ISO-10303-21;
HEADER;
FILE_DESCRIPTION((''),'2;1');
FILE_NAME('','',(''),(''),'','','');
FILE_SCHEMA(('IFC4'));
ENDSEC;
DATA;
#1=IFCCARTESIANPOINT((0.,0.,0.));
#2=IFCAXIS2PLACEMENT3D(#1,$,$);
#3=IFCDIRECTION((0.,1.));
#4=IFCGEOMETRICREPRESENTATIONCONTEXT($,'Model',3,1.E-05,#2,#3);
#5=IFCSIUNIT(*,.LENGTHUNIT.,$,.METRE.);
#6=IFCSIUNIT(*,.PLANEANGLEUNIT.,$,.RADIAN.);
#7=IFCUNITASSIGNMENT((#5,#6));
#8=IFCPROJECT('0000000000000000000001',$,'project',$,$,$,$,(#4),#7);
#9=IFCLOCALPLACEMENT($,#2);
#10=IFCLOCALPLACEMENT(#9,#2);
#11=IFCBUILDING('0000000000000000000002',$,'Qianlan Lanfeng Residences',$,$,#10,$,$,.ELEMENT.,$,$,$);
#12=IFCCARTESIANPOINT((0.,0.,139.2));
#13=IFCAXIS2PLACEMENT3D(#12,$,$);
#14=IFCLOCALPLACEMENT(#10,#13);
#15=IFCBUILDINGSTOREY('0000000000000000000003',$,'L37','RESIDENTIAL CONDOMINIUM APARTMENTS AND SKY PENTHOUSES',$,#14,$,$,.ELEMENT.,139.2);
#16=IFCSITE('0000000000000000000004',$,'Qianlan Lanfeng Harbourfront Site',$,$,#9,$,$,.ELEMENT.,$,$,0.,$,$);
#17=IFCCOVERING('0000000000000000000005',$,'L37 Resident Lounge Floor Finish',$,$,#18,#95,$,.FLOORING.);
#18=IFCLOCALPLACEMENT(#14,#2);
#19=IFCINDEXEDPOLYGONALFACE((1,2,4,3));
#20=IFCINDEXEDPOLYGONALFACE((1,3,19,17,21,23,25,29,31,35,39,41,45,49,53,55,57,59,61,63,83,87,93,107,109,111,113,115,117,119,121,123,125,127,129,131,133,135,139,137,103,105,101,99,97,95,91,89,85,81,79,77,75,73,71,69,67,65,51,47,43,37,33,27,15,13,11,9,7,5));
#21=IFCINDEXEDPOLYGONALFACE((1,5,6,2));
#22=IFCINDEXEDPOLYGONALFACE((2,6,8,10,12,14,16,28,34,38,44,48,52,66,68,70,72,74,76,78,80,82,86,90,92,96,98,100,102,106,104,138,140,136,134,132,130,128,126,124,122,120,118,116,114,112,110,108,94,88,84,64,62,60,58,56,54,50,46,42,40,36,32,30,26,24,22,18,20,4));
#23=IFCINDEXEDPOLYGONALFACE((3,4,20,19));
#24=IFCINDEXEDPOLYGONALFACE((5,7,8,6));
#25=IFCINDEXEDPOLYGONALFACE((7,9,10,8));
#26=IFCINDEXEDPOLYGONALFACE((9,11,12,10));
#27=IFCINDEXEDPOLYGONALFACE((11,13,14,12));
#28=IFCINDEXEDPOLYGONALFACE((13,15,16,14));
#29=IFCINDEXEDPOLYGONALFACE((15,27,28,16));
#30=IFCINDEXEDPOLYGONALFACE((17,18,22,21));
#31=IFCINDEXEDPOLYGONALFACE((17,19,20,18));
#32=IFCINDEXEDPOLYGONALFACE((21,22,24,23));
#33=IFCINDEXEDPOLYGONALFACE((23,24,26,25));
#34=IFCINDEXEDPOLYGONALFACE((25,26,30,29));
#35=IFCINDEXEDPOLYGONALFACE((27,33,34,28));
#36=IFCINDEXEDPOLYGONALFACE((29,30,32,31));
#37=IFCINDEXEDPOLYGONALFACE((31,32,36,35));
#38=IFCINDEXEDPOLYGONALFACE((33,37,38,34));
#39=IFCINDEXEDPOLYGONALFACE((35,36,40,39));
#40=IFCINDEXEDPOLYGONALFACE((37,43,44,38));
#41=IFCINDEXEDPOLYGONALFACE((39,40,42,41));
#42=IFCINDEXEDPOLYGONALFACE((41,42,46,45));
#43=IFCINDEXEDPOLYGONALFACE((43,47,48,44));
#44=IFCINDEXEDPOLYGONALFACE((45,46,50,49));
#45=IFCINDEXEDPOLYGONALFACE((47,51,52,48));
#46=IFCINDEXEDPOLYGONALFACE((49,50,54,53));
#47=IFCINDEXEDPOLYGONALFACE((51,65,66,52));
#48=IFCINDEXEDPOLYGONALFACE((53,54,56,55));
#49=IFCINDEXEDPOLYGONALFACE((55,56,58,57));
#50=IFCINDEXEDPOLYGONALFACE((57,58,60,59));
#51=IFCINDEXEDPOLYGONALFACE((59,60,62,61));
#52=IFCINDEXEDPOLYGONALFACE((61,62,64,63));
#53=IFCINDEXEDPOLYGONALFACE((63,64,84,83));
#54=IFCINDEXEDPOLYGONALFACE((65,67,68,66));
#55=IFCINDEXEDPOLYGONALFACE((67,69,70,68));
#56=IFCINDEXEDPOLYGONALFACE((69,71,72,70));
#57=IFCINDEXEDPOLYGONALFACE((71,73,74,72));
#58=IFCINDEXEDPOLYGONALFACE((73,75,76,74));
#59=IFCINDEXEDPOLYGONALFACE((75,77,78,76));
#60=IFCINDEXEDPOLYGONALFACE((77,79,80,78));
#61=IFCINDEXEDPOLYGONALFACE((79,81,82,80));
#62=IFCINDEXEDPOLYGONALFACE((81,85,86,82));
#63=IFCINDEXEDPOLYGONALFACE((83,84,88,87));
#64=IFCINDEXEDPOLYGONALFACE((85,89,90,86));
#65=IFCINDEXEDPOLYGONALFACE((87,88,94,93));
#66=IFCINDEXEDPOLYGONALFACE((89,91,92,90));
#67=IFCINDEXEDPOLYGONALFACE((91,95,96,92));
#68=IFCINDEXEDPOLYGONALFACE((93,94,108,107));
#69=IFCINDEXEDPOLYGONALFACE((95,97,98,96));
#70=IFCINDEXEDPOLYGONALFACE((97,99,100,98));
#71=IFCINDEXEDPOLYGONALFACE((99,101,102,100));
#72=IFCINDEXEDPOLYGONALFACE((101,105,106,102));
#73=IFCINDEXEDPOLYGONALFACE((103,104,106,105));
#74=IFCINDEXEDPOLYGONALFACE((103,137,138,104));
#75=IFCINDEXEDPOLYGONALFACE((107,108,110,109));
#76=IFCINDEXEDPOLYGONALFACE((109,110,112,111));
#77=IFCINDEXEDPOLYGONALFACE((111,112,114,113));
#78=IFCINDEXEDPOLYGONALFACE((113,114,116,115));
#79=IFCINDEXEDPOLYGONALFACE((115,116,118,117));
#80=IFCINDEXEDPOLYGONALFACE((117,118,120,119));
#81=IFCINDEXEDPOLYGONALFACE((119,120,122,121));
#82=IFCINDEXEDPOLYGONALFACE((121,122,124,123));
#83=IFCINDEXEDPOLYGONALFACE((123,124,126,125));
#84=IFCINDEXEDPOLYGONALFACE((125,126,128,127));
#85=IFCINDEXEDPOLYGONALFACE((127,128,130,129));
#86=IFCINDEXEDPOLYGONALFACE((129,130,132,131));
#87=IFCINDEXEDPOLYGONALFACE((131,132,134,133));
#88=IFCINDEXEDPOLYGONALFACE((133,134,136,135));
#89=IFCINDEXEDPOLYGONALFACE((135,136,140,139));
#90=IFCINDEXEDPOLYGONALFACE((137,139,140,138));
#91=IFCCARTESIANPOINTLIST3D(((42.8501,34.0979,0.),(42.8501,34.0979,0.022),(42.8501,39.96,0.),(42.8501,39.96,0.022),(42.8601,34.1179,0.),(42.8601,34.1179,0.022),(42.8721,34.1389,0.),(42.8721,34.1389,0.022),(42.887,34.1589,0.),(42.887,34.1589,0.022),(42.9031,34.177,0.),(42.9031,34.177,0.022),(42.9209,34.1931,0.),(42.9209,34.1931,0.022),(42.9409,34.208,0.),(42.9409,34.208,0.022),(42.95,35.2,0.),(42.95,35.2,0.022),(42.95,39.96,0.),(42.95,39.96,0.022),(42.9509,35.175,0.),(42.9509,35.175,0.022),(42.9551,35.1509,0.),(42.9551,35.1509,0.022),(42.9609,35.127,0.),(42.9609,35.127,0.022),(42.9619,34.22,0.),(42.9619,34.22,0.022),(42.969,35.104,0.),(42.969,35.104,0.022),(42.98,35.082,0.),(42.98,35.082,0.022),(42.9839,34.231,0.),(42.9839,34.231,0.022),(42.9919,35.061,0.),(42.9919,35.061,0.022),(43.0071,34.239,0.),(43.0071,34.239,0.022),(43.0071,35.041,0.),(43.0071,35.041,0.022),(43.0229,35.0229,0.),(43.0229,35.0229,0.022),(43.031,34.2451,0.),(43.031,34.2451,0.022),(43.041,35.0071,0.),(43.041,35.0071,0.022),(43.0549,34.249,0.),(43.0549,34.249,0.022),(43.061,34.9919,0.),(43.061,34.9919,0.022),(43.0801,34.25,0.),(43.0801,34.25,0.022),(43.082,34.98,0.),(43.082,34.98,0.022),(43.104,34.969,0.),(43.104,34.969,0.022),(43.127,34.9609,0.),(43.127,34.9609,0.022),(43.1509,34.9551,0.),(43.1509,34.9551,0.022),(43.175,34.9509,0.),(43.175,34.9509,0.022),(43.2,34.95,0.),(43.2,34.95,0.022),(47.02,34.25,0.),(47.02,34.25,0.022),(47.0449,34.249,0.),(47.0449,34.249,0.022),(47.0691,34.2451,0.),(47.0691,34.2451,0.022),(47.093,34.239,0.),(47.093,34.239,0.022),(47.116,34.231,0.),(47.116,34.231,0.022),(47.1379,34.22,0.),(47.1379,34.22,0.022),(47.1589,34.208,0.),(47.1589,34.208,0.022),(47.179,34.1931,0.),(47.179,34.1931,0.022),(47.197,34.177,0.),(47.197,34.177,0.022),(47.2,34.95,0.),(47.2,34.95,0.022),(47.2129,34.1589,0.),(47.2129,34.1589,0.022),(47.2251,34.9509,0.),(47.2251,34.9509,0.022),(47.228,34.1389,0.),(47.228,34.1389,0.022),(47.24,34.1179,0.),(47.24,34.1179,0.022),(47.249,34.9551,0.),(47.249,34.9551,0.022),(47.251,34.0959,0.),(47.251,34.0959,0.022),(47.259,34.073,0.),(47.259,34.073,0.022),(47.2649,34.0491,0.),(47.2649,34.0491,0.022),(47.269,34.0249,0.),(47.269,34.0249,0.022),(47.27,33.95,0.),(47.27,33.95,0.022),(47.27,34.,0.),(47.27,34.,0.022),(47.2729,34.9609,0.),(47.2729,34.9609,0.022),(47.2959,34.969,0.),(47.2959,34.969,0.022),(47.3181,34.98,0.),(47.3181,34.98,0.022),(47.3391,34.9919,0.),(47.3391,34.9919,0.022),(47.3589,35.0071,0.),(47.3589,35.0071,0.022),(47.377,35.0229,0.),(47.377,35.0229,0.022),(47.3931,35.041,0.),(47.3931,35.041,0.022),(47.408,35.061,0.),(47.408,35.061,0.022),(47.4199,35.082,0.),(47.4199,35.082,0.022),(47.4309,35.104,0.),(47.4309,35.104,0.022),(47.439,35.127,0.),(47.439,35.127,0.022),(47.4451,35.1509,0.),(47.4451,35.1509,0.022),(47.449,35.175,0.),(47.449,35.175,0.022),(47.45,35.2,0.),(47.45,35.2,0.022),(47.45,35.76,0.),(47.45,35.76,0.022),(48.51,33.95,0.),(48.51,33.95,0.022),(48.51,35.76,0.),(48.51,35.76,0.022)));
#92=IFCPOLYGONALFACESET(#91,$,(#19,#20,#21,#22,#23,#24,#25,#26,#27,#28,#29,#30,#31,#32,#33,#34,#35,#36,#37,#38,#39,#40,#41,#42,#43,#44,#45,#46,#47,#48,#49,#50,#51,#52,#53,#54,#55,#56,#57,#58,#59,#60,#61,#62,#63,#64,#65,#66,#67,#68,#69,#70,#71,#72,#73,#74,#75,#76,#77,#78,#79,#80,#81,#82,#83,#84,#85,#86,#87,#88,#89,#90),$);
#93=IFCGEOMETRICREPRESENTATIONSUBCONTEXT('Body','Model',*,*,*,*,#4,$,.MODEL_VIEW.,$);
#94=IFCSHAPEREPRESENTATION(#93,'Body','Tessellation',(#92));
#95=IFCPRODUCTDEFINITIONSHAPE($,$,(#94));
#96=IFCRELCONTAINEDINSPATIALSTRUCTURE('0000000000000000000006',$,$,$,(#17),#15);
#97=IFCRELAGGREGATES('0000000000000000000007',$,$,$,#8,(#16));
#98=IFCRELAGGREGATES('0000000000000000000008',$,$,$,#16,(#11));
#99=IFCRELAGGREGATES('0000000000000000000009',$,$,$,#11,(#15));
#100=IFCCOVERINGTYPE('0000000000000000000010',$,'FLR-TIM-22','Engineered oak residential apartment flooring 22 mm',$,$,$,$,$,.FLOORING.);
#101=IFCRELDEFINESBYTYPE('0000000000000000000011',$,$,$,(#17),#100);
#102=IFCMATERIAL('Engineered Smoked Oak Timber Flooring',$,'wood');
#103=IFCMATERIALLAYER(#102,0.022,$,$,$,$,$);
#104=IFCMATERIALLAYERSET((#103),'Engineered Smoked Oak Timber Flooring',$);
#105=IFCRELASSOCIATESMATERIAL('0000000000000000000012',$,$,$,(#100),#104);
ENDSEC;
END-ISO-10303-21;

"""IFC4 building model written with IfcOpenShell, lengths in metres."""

from ifc_helpers import new_model, si_unit, direction, frame, origin, place, context, subcontext, project, spatial, polyline, outline, extrude, material, layer, layer_set, type_object, element, save


model = new_model("IFC4")

# Units and contexts
model_context = context("Model", 3, precision=1e-05, world=origin(), true_north=direction((0.0, 1.0)))
body_context = subcontext(model_context, "Body", "Model", "MODEL_VIEW")
ifc_project = project(units=[si_unit("LENGTHUNIT", "METRE"), si_unit("PLANEANGLEUNIT", "RADIAN")], contexts=[model_context])

# Site, building, storey
site_placement = place(None, origin())
site = spatial("IfcSite", under=ifc_project, at=site_placement, Name="Qianlan Lanfeng Harbourfront Site", CompositionType="ELEMENT", RefElevation=0.0)
building_placement = place(site_placement, origin())
building = spatial("IfcBuilding", under=site, at=building_placement, Name="Qianlan Lanfeng Residences", CompositionType="ELEMENT")
storey_placement = place(building_placement, frame((0.0, 0.0, 139.2)))
storey = spatial("IfcBuildingStorey", under=building, at=storey_placement, Name="L37", Description="RESIDENTIAL CONDOMINIUM APARTMENTS AND SKY PENTHOUSES", CompositionType="ELEMENT", Elevation=139.2)

# Covering
ifc_material_1 = material(Name="Engineered Smoked Oak Timber Flooring", Category="wood")
ifc_layer_1 = layer(ifc_material_1, 0.022)
ifc_layer_set_1 = layer_set([ifc_layer_1], Name="Engineered Smoked Oak Timber Flooring")
covering_type = type_object("IfcCoveringType", Name="FLR-TIM-22", Description="Engineered oak residential apartment flooring 22 mm", PredefinedType="FLOORING", material=ifc_layer_set_1)
covering_1_placement = place(storey_placement, origin())
element("IfcCovering", 1, at=covering_1_placement, inside=storey, type_object=covering_type, Name="L37 Resident Lounge Floor Finish", PredefinedType="FLOORING", context=body_context, shape_type="SweptSolid", body=[
    extrude(outline(polyline([(42.8501, 34.0979), (42.8601, 34.1179), (42.8721, 34.1389), (42.887, 34.1589), (42.9031, 34.177), (42.9209, 34.1931), (42.9409, 34.208), (42.9619, 34.22), (42.9839, 34.231), (43.0071, 34.239), (43.031, 34.2451), (43.0549, 34.249), (43.0801, 34.25), (47.02, 34.25), (47.0449, 34.249), (47.0691, 34.2451), (47.093, 34.239), (47.116, 34.231), (47.1379, 34.22), (47.1589, 34.208), (47.179, 34.1931), (47.197, 34.177), (47.2129, 34.1589), (47.228, 34.1389), (47.24, 34.1179), (47.251, 34.0959), (47.259, 34.073), (47.2649, 34.0491), (47.269, 34.0249), (47.27, 34.0), (47.27, 33.95), (48.51, 33.95), (48.51, 35.76), (47.45, 35.76), (47.45, 35.2), (47.449, 35.175), (47.4451, 35.1509), (47.439, 35.127), (47.4309, 35.104), (47.4199, 35.082), (47.408, 35.061), (47.3931, 35.041), (47.377, 35.0229), (47.3589, 35.0071), (47.3391, 34.9919), (47.3181, 34.98), (47.2959, 34.969), (47.2729, 34.9609), (47.249, 34.9551), (47.2251, 34.9509), (47.2, 34.95), (43.2, 34.95), (43.175, 34.9509), (43.1509, 34.9551), (43.127, 34.9609), (43.104, 34.969), (43.082, 34.98), (43.061, 34.9919), (43.041, 35.0071), (43.0229, 35.0229), (43.0071, 35.041), (42.9919, 35.061), (42.98, 35.082), (42.969, 35.104), (42.9609, 35.127), (42.9551, 35.1509), (42.9509, 35.175), (42.95, 35.2), (42.95, 39.96), (42.8501, 39.96), (42.8501, 34.0979)])), origin(), (0.0, 0.0, 1.0), 0.022),
])

save(model, "model.ifc")
